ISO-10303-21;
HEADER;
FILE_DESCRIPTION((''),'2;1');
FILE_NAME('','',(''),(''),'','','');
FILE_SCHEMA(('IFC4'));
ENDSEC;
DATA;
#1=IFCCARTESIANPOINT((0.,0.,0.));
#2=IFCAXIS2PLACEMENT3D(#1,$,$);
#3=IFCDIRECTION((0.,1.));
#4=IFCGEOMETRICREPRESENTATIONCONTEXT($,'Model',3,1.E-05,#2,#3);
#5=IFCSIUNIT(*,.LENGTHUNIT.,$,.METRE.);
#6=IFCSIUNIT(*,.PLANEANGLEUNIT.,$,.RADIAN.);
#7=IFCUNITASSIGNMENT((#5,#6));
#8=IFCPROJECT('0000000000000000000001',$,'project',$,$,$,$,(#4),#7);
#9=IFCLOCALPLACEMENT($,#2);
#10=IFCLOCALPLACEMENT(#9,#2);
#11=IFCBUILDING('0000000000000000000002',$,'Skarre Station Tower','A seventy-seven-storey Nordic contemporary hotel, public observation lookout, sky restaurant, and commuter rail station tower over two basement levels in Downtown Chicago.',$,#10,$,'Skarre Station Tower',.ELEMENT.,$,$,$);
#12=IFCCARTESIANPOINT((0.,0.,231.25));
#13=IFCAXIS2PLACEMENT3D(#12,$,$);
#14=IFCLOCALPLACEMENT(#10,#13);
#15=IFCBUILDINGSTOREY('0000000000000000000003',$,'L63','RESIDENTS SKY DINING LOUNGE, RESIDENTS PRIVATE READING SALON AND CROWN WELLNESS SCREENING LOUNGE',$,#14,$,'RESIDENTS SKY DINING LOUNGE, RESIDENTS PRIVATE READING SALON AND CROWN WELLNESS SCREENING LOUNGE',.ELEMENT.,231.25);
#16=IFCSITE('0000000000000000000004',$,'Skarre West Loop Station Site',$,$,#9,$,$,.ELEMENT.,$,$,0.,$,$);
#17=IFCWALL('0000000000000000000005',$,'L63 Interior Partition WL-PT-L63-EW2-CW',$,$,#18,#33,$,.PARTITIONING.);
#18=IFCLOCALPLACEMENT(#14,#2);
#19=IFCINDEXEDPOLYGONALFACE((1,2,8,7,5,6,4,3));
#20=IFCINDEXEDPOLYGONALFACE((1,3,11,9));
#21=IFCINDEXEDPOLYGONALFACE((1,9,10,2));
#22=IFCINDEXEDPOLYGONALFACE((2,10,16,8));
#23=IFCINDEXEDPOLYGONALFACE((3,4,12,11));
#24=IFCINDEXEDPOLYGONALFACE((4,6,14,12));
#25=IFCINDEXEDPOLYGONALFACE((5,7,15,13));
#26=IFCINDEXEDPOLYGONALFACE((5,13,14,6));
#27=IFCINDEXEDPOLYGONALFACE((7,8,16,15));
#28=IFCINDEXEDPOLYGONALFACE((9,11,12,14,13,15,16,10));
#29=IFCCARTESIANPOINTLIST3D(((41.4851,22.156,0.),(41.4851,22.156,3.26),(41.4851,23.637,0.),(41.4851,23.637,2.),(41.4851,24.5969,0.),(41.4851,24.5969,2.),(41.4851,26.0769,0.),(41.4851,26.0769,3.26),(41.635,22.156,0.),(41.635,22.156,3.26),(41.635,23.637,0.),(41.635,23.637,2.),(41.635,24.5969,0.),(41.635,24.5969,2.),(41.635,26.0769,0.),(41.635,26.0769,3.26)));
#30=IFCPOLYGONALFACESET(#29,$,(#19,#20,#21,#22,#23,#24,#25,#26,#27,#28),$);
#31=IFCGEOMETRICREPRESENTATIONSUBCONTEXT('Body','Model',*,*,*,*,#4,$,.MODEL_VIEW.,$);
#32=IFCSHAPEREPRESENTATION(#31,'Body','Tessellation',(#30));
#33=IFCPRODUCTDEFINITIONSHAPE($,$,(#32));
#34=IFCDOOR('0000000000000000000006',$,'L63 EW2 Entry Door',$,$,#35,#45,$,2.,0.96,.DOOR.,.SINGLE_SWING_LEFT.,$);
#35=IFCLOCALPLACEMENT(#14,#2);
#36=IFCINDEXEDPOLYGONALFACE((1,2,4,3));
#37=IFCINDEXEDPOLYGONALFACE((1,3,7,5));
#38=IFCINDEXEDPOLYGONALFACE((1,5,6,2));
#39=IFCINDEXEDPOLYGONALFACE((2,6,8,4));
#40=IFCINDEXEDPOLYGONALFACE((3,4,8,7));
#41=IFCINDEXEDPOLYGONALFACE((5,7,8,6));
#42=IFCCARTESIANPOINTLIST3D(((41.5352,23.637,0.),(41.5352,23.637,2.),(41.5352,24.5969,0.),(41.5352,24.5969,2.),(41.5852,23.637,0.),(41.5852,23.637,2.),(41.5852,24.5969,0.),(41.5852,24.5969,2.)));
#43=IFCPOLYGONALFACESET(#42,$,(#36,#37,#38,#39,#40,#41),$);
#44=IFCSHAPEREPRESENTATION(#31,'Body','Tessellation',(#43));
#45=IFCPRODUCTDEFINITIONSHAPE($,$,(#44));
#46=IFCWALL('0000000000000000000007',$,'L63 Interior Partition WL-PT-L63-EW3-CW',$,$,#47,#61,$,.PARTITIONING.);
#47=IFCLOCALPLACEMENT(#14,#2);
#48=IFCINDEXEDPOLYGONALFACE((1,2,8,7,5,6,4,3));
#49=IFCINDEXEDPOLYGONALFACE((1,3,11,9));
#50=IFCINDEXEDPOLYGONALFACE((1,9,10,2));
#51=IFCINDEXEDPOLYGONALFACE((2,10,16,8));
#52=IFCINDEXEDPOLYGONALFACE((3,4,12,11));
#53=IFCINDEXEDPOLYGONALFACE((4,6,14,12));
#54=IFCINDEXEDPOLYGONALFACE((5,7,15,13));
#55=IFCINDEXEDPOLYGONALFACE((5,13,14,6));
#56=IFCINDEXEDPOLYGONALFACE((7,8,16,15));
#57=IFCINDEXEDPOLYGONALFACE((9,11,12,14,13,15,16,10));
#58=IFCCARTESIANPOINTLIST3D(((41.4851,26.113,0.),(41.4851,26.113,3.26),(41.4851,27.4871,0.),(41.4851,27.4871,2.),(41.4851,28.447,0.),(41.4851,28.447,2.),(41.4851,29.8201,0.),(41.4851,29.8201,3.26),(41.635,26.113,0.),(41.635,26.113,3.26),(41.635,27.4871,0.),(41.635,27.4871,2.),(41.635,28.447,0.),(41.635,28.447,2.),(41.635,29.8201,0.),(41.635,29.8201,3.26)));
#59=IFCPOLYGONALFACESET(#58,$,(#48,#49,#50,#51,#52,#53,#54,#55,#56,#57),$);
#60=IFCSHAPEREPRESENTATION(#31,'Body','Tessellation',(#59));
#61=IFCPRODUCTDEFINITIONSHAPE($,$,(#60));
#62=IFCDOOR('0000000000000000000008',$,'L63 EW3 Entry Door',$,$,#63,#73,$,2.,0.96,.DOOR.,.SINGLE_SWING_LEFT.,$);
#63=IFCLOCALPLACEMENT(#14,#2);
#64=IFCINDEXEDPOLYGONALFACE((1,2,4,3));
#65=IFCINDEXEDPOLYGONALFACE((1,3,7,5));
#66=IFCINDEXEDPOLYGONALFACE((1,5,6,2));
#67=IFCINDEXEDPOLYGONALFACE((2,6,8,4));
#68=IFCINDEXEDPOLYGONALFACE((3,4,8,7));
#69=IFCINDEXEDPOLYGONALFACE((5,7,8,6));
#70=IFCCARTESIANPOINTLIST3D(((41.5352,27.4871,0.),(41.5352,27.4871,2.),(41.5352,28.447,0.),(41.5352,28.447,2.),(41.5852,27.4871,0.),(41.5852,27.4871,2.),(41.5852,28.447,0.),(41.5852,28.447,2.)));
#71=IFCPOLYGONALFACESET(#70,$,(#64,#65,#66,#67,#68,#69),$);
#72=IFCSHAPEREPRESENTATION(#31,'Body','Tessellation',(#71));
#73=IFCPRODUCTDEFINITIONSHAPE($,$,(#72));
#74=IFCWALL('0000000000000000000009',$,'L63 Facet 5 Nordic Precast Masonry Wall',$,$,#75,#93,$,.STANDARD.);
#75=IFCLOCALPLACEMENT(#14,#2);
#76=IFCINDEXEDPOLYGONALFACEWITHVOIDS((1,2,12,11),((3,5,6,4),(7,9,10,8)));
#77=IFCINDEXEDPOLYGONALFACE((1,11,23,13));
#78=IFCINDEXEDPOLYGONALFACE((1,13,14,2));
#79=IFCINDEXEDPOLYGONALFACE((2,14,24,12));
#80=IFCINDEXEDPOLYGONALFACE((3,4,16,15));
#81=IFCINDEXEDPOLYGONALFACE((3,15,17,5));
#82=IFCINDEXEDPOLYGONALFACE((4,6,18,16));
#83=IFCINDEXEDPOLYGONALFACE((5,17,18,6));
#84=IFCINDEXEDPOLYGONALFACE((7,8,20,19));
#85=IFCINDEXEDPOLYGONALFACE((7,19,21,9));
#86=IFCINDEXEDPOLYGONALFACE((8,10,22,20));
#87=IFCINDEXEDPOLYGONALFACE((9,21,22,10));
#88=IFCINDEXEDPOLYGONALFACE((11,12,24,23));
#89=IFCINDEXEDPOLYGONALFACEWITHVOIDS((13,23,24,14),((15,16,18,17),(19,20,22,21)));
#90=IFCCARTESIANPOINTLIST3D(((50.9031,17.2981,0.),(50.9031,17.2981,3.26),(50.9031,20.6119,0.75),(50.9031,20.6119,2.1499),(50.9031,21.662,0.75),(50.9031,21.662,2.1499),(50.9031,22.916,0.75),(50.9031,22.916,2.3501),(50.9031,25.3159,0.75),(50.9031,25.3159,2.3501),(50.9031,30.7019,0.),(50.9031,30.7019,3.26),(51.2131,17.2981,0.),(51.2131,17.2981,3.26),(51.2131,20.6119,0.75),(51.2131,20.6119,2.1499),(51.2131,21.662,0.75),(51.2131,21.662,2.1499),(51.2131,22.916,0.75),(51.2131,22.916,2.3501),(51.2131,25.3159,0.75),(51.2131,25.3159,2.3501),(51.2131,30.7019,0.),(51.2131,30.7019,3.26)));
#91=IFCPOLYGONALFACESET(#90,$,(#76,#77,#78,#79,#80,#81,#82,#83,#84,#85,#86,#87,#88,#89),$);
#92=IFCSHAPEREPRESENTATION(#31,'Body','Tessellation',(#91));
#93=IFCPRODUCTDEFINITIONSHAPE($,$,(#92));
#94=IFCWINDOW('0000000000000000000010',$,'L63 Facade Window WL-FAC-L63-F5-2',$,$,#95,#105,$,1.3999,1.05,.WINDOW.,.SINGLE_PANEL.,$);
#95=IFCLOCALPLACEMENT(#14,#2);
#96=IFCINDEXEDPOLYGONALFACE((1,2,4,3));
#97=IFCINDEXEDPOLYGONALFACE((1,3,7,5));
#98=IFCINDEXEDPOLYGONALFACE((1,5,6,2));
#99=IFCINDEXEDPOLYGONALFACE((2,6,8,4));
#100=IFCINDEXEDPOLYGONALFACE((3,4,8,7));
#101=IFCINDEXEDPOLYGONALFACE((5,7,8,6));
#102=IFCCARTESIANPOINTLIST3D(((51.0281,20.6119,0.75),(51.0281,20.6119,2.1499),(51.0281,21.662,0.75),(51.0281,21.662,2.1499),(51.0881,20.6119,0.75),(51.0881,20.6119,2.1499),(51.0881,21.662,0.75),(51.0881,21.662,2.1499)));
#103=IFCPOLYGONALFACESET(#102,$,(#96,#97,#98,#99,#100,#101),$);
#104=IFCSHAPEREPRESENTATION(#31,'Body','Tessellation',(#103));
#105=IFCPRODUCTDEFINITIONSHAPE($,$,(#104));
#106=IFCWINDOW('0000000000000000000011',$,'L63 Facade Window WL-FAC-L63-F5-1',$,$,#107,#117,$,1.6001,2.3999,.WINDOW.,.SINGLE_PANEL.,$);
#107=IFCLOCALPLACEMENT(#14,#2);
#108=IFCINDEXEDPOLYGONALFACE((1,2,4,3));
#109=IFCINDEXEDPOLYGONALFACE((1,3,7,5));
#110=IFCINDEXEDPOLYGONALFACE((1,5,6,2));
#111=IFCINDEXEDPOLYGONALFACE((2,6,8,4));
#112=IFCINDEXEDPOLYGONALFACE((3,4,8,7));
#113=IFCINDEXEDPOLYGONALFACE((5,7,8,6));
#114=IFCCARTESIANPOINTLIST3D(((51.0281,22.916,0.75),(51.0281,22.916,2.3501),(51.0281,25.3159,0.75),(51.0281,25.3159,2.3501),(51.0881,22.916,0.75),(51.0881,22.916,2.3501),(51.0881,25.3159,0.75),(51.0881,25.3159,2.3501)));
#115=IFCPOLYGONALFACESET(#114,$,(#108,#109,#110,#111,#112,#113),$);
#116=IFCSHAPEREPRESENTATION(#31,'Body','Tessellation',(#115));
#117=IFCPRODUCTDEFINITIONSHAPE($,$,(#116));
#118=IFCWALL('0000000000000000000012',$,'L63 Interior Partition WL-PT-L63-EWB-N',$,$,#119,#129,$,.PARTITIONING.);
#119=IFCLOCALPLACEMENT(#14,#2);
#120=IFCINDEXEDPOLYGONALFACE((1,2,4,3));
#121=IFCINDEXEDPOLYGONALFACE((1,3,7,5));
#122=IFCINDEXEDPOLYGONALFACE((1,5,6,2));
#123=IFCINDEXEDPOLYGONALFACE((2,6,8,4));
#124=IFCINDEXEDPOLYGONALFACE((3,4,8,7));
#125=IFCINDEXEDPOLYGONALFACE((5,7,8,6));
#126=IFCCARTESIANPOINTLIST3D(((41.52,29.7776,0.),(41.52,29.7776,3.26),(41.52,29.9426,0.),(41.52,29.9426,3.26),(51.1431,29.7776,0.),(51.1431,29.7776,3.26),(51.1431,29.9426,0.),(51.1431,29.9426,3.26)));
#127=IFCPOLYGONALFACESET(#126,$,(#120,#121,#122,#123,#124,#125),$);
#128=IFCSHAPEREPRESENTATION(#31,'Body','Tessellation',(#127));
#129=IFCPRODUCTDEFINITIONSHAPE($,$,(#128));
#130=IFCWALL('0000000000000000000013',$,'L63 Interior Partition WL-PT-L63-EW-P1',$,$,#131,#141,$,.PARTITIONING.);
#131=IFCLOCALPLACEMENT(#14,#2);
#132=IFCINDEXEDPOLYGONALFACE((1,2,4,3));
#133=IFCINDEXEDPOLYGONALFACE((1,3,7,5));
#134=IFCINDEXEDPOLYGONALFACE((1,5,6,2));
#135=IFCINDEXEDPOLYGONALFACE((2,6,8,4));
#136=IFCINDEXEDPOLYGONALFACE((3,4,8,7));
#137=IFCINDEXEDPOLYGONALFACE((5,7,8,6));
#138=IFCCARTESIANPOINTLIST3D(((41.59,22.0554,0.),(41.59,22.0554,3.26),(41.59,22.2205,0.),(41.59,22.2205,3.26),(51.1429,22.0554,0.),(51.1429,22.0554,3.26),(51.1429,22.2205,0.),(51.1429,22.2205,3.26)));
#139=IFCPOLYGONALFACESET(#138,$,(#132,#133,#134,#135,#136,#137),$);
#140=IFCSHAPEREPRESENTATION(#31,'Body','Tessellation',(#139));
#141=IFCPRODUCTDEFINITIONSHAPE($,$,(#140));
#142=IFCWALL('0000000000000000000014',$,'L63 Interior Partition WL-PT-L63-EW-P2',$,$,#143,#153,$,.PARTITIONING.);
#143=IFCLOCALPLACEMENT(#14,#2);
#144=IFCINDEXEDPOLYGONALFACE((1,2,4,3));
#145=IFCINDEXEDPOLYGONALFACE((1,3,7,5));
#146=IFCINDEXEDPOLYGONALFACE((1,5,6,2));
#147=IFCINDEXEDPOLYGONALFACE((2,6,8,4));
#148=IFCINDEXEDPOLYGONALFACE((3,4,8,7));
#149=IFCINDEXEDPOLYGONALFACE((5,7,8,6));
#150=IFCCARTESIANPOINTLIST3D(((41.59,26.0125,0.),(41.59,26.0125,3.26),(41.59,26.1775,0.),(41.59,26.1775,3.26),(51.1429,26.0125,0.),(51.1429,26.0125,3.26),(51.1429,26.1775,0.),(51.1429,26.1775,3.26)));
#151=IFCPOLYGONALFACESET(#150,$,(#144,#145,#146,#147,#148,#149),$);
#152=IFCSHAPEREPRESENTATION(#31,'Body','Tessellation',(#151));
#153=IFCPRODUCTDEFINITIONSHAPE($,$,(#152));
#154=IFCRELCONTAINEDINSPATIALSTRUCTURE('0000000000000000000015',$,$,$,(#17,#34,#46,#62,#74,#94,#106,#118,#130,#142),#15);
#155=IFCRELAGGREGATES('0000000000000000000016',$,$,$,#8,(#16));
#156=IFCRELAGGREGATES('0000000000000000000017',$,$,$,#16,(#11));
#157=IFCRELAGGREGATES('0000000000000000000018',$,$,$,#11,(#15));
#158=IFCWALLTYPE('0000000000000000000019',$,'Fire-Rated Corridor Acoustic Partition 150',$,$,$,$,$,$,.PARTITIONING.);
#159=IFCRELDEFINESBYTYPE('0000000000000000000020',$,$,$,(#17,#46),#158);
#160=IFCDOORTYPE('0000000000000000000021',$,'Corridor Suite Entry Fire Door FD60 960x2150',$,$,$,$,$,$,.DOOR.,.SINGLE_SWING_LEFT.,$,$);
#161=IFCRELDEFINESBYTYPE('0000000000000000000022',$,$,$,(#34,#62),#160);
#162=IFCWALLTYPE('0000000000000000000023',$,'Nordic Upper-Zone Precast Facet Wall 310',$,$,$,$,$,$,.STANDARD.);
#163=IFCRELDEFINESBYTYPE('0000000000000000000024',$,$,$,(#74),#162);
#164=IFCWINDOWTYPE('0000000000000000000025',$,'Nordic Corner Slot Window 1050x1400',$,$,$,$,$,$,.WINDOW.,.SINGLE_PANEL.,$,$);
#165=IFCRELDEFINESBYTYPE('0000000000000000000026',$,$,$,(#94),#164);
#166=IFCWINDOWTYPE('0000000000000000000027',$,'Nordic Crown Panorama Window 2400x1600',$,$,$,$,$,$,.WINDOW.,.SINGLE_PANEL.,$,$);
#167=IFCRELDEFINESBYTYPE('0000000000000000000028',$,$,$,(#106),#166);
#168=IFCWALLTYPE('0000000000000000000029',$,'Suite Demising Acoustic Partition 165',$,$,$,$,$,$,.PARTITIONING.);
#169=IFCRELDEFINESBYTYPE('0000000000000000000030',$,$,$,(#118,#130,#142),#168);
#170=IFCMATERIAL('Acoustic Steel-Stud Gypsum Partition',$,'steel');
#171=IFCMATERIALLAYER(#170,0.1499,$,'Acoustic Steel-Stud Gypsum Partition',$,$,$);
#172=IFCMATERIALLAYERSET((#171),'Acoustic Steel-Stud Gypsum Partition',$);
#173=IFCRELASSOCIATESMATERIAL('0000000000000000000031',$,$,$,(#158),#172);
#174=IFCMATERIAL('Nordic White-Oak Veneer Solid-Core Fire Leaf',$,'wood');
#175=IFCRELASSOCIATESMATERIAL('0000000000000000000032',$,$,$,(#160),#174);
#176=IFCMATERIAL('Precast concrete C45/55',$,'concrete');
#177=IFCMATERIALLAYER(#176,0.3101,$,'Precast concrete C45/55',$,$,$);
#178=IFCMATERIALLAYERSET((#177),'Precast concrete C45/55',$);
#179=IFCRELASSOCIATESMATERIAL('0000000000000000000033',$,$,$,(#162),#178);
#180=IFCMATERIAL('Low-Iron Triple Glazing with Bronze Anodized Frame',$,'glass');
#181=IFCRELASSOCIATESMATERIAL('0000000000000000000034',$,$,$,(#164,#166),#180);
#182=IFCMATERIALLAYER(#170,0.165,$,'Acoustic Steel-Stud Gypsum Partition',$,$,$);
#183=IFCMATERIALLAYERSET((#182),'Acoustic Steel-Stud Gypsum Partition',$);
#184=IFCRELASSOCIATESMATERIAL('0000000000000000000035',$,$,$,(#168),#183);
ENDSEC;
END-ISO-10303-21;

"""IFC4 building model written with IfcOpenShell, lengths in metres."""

from ifc_helpers import new_model, si_unit, direction, frame, frame_2d, origin, place, context, subcontext, project, spatial, rectangle, extrude, material, layer, layer_set, type_object, element, fill, save


model = new_model("IFC4")

# Units and contexts
model_context = context("Model", 3, precision=1e-05, world=origin(), true_north=direction((0.0, 1.0)))
body_context = subcontext(model_context, "Body", "Model", "MODEL_VIEW")
ifc_project = project(units=[si_unit("LENGTHUNIT", "METRE"), si_unit("PLANEANGLEUNIT", "RADIAN")], contexts=[model_context])

# Site, building, storey
site_placement = place(None, origin())
site = spatial("IfcSite", under=ifc_project, at=site_placement, Name="Skarre West Loop Station Site", CompositionType="ELEMENT", RefElevation=0.0)
building_placement = place(site_placement, origin())
building = spatial("IfcBuilding", under=site, at=building_placement, Name="Skarre Station Tower", Description="A seventy-seven-storey Nordic contemporary hotel, public observation lookout, sky restaurant, and commuter rail station tower over two basement levels in Downtown Chicago.", LongName="Skarre Station Tower", CompositionType="ELEMENT")
storey_placement = place(building_placement, frame((0.0, 0.0, 231.25)))
storey = spatial("IfcBuildingStorey", under=building, at=storey_placement, Name="L63", Description="RESIDENTS SKY DINING LOUNGE, RESIDENTS PRIVATE READING SALON AND CROWN WELLNESS SCREENING LOUNGE", LongName="RESIDENTS SKY DINING LOUNGE, RESIDENTS PRIVATE READING SALON AND CROWN WELLNESS SCREENING LOUNGE", CompositionType="ELEMENT", Elevation=231.25)

# Shared definitions
ifc_material_1 = material(Name="Acoustic Steel-Stud Gypsum Partition", Category="steel")
ifc_layer_1 = layer(ifc_material_1, 0.1499, Name="Acoustic Steel-Stud Gypsum Partition")
ifc_layer_set_1 = layer_set([ifc_layer_1], Name="Acoustic Steel-Stud Gypsum Partition")
wall_type_1 = type_object("IfcWallType", Name="Fire-Rated Corridor Acoustic Partition 150", PredefinedType="PARTITIONING", material=ifc_layer_set_1)

# Walls, openings, doors
wall_1_placement = place(storey_placement, frame((41.5601, 22.156, 0.0), z_axis=(0.0, 0.0, 1.0), x_axis=(0.0, 1.0, 0.0)))
wall_1 = element("IfcWall", 1, at=wall_1_placement, inside=storey, type_object=wall_type_1, Name="L63 Interior Partition WL-PT-L63-EW2-CW", PredefinedType="PARTITIONING", context=body_context, shape_type="SweptSolid", body=[
    extrude(rectangle(XDim=3.9209, YDim=0.1499, at=frame_2d((1.9604, 0.0))), origin(), (0.0, 0.0, 1.0), 3.26),
])
opening_1_placement = place(wall_1_placement, frame((1.481, 0.0, 0.0)))
opening_1 = element("IfcOpeningElement", 2, at=opening_1_placement, cuts=wall_1, PredefinedType="OPENING", context=body_context, shape_type="SweptSolid", body=[
    extrude(rectangle(XDim=0.96, YDim=2.0, at=frame_2d((0.48, 1.0))), frame((0.0, 0.085, 0.0), z_axis=(0.0, -1.0, 0.0), x_axis=(1.0, 0.0, 0.0)), (0.0, 0.0, 1.0), 0.1699),
])
ifc_material_2 = material(Name="Nordic White-Oak Veneer Solid-Core Fire Leaf", Category="wood")
door_type = type_object("IfcDoorType", Name="Corridor Suite Entry Fire Door FD60 960x2150", OperationType="SINGLE_SWING_LEFT", PredefinedType="DOOR", material=ifc_material_2)
door_1_placement = place(opening_1_placement, origin())
door_1 = element("IfcDoor", 3, at=door_1_placement, inside=storey, type_object=door_type, Name="L63 EW2 Entry Door", OperationType="SINGLE_SWING_LEFT", OverallHeight=2.0, OverallWidth=0.96, PredefinedType="DOOR", context=body_context, shape_type="SweptSolid", body=[
    extrude(rectangle(XDim=0.96, YDim=2.0, at=frame_2d((0.48, 1.0))), frame((0.0, 0.0249, 0.0), z_axis=(0.0, -1.0, 0.0), x_axis=(1.0, 0.0, 0.0)), (0.0, 0.0, 1.0), 0.05),
])
fill(opening_1, door_1)
wall_2_placement = place(storey_placement, frame((41.5601, 26.113, 0.0), z_axis=(0.0, 0.0, 1.0), x_axis=(0.0, 1.0, 0.0)))
wall_2 = element("IfcWall", 4, at=wall_2_placement, inside=storey, type_object=wall_type_1, Name="L63 Interior Partition WL-PT-L63-EW3-CW", PredefinedType="PARTITIONING", context=body_context, shape_type="SweptSolid", body=[
    extrude(rectangle(XDim=3.707, YDim=0.1499, at=frame_2d((1.8535, 0.0))), origin(), (0.0, 0.0, 1.0), 3.26),
])
opening_2_placement = place(wall_2_placement, frame((1.374, 0.0, 0.0)))
opening_2 = element("IfcOpeningElement", 5, at=opening_2_placement, cuts=wall_2, PredefinedType="OPENING", context=body_context, shape_type="SweptSolid", body=[
    extrude(rectangle(XDim=0.96, YDim=2.0, at=frame_2d((0.48, 1.0))), frame((0.0, 0.085, 0.0), z_axis=(0.0, -1.0, 0.0), x_axis=(1.0, 0.0, 0.0)), (0.0, 0.0, 1.0), 0.1699),
])
door_2_placement = place(opening_2_placement, origin())
door_2 = element("IfcDoor", 6, at=door_2_placement, inside=storey, type_object=door_type, Name="L63 EW3 Entry Door", OperationType="SINGLE_SWING_LEFT", OverallHeight=2.0, OverallWidth=0.96, PredefinedType="DOOR", context=body_context, shape_type="SweptSolid", body=[
    extrude(rectangle(XDim=0.96, YDim=2.0, at=frame_2d((0.48, 1.0))), frame((0.0, 0.0249, 0.0), z_axis=(0.0, -1.0, 0.0), x_axis=(1.0, 0.0, 0.0)), (0.0, 0.0, 1.0), 0.05),
])
fill(opening_2, door_2)

# Wall, openings, windows
ifc_material_3 = material(Name="Precast concrete C45/55", Category="concrete")
ifc_layer_2 = layer(ifc_material_3, 0.3101, Name="Precast concrete C45/55")
ifc_layer_set_2 = layer_set([ifc_layer_2], Name="Precast concrete C45/55")
wall_type_2 = type_object("IfcWallType", Name="Nordic Upper-Zone Precast Facet Wall 310", PredefinedType="STANDARD", material=ifc_layer_set_2)
wall_3_placement = place(storey_placement, frame((51.0581, 30.7019, 0.0), z_axis=(0.0, 0.0, 1.0), x_axis=(0.0, -1.0, 0.0)))
wall_3 = element("IfcWall", 7, at=wall_3_placement, inside=storey, type_object=wall_type_2, Name="L63 Facet 5 Nordic Precast Masonry Wall", PredefinedType="STANDARD", context=body_context, shape_type="SweptSolid", body=[
    extrude(rectangle(XDim=13.4038, YDim=0.3101, at=frame_2d((6.7019, 0.0))), origin(), (0.0, 0.0, 1.0), 3.26),
])
opening_3_placement = place(wall_3_placement, frame((5.386, 0.0, 0.75)))
opening_3 = element("IfcOpeningElement", 8, at=opening_3_placement, cuts=wall_3, PredefinedType="OPENING", context=body_context, shape_type="SweptSolid", body=[
    extrude(rectangle(XDim=2.3999, YDim=1.6001, at=frame_2d((1.2, 0.8))), frame((0.0, 0.165, 0.0), z_axis=(0.0, -1.0, 0.0), x_axis=(1.0, 0.0, 0.0)), (0.0, 0.0, 1.0), 0.3301),
])
opening_4_placement = place(wall_3_placement, frame((9.04, 0.0, 0.75)))
opening_4 = element("IfcOpeningElement", 9, at=opening_4_placement, cuts=wall_3, PredefinedType="OPENING", context=body_context, shape_type="SweptSolid", body=[
    extrude(rectangle(XDim=1.05, YDim=1.3999, at=frame_2d((0.5249, 0.7))), frame((0.0, 0.165, 0.0), z_axis=(0.0, -1.0, 0.0), x_axis=(1.0, 0.0, 0.0)), (0.0, 0.0, 1.0), 0.3301),
])
ifc_material_4 = material(Name="Low-Iron Triple Glazing with Bronze Anodized Frame", Category="glass")
window_type_1 = type_object("IfcWindowType", Name="Nordic Corner Slot Window 1050x1400", PartitioningType="SINGLE_PANEL", PredefinedType="WINDOW", material=ifc_material_4)
window_1_placement = place(opening_4_placement, origin())
window_1 = element("IfcWindow", 10, at=window_1_placement, inside=storey, type_object=window_type_1, Name="L63 Facade Window WL-FAC-L63-F5-2", OverallHeight=1.3999, OverallWidth=1.05, PartitioningType="SINGLE_PANEL", PredefinedType="WINDOW", context=body_context, shape_type="SweptSolid", body=[
    extrude(rectangle(XDim=1.05, YDim=1.3999, at=frame_2d((0.5249, 0.7))), frame((0.0, 0.03, 0.0), z_axis=(0.0, -1.0, 0.0), x_axis=(1.0, 0.0, 0.0)), (0.0, 0.0, 1.0), 0.0601),
])
fill(opening_4, window_1)
window_type_2 = type_object("IfcWindowType", Name="Nordic Crown Panorama Window 2400x1600", PartitioningType="SINGLE_PANEL", PredefinedType="WINDOW", material=ifc_material_4)
window_2_placement = place(opening_3_placement, origin())
window_2 = element("IfcWindow", 11, at=window_2_placement, inside=storey, type_object=window_type_2, Name="L63 Facade Window WL-FAC-L63-F5-1", OverallHeight=1.6001, OverallWidth=2.3999, PartitioningType="SINGLE_PANEL", PredefinedType="WINDOW", context=body_context, shape_type="SweptSolid", body=[
    extrude(rectangle(XDim=2.3999, YDim=1.6001, at=frame_2d((1.2, 0.8))), frame((0.0, 0.03, 0.0), z_axis=(0.0, -1.0, 0.0), x_axis=(1.0, 0.0, 0.0)), (0.0, 0.0, 1.0), 0.0601),
])
fill(opening_3, window_2)

# Walls
ifc_layer_3 = layer(ifc_material_1, 0.165, Name="Acoustic Steel-Stud Gypsum Partition")
ifc_layer_set_3 = layer_set([ifc_layer_3], Name="Acoustic Steel-Stud Gypsum Partition")
wall_type_3 = type_object("IfcWallType", Name="Suite Demising Acoustic Partition 165", PredefinedType="PARTITIONING", material=ifc_layer_set_3)
wall_4_placement = place(storey_placement, frame((41.52, 29.8601, 0.0), z_axis=(0.0, 0.0, 1.0), x_axis=(1.0, 0.0, 0.0)))
element("IfcWall", 12, at=wall_4_placement, inside=storey, type_object=wall_type_3, Name="L63 Interior Partition WL-PT-L63-EWB-N", PredefinedType="PARTITIONING", context=body_context, shape_type="SweptSolid", body=[
    extrude(rectangle(XDim=9.623, YDim=0.165, at=frame_2d((4.8115, 0.0))), origin(), (0.0, 0.0, 1.0), 3.26),
])
for number, where, z_axis, x_axis, name in (
    (13, (41.5901, 22.1379, 0.0), (0.0, 0.0, 1.0), (1.0, 0.0, 0.0), "L63 Interior Partition WL-PT-L63-EW-P1"),
    (14, (41.5901, 26.095, 0.0), (0.0, 0.0, 1.0), (1.0, 0.0, 0.0), "L63 Interior Partition WL-PT-L63-EW-P2"),
):
    element("IfcWall", number, at=place(storey_placement, frame(where, z_axis=z_axis, x_axis=x_axis)), inside=storey, type_object=wall_type_3, Name=name, PredefinedType="PARTITIONING", context=body_context, shape_type="SweptSolid", body=[
        extrude(rectangle(XDim=9.553, YDim=0.165, at=frame_2d((4.7764, 0.0))), origin(), (0.0, 0.0, 1.0), 3.26),
    ])

save(model, "model.ifc")
